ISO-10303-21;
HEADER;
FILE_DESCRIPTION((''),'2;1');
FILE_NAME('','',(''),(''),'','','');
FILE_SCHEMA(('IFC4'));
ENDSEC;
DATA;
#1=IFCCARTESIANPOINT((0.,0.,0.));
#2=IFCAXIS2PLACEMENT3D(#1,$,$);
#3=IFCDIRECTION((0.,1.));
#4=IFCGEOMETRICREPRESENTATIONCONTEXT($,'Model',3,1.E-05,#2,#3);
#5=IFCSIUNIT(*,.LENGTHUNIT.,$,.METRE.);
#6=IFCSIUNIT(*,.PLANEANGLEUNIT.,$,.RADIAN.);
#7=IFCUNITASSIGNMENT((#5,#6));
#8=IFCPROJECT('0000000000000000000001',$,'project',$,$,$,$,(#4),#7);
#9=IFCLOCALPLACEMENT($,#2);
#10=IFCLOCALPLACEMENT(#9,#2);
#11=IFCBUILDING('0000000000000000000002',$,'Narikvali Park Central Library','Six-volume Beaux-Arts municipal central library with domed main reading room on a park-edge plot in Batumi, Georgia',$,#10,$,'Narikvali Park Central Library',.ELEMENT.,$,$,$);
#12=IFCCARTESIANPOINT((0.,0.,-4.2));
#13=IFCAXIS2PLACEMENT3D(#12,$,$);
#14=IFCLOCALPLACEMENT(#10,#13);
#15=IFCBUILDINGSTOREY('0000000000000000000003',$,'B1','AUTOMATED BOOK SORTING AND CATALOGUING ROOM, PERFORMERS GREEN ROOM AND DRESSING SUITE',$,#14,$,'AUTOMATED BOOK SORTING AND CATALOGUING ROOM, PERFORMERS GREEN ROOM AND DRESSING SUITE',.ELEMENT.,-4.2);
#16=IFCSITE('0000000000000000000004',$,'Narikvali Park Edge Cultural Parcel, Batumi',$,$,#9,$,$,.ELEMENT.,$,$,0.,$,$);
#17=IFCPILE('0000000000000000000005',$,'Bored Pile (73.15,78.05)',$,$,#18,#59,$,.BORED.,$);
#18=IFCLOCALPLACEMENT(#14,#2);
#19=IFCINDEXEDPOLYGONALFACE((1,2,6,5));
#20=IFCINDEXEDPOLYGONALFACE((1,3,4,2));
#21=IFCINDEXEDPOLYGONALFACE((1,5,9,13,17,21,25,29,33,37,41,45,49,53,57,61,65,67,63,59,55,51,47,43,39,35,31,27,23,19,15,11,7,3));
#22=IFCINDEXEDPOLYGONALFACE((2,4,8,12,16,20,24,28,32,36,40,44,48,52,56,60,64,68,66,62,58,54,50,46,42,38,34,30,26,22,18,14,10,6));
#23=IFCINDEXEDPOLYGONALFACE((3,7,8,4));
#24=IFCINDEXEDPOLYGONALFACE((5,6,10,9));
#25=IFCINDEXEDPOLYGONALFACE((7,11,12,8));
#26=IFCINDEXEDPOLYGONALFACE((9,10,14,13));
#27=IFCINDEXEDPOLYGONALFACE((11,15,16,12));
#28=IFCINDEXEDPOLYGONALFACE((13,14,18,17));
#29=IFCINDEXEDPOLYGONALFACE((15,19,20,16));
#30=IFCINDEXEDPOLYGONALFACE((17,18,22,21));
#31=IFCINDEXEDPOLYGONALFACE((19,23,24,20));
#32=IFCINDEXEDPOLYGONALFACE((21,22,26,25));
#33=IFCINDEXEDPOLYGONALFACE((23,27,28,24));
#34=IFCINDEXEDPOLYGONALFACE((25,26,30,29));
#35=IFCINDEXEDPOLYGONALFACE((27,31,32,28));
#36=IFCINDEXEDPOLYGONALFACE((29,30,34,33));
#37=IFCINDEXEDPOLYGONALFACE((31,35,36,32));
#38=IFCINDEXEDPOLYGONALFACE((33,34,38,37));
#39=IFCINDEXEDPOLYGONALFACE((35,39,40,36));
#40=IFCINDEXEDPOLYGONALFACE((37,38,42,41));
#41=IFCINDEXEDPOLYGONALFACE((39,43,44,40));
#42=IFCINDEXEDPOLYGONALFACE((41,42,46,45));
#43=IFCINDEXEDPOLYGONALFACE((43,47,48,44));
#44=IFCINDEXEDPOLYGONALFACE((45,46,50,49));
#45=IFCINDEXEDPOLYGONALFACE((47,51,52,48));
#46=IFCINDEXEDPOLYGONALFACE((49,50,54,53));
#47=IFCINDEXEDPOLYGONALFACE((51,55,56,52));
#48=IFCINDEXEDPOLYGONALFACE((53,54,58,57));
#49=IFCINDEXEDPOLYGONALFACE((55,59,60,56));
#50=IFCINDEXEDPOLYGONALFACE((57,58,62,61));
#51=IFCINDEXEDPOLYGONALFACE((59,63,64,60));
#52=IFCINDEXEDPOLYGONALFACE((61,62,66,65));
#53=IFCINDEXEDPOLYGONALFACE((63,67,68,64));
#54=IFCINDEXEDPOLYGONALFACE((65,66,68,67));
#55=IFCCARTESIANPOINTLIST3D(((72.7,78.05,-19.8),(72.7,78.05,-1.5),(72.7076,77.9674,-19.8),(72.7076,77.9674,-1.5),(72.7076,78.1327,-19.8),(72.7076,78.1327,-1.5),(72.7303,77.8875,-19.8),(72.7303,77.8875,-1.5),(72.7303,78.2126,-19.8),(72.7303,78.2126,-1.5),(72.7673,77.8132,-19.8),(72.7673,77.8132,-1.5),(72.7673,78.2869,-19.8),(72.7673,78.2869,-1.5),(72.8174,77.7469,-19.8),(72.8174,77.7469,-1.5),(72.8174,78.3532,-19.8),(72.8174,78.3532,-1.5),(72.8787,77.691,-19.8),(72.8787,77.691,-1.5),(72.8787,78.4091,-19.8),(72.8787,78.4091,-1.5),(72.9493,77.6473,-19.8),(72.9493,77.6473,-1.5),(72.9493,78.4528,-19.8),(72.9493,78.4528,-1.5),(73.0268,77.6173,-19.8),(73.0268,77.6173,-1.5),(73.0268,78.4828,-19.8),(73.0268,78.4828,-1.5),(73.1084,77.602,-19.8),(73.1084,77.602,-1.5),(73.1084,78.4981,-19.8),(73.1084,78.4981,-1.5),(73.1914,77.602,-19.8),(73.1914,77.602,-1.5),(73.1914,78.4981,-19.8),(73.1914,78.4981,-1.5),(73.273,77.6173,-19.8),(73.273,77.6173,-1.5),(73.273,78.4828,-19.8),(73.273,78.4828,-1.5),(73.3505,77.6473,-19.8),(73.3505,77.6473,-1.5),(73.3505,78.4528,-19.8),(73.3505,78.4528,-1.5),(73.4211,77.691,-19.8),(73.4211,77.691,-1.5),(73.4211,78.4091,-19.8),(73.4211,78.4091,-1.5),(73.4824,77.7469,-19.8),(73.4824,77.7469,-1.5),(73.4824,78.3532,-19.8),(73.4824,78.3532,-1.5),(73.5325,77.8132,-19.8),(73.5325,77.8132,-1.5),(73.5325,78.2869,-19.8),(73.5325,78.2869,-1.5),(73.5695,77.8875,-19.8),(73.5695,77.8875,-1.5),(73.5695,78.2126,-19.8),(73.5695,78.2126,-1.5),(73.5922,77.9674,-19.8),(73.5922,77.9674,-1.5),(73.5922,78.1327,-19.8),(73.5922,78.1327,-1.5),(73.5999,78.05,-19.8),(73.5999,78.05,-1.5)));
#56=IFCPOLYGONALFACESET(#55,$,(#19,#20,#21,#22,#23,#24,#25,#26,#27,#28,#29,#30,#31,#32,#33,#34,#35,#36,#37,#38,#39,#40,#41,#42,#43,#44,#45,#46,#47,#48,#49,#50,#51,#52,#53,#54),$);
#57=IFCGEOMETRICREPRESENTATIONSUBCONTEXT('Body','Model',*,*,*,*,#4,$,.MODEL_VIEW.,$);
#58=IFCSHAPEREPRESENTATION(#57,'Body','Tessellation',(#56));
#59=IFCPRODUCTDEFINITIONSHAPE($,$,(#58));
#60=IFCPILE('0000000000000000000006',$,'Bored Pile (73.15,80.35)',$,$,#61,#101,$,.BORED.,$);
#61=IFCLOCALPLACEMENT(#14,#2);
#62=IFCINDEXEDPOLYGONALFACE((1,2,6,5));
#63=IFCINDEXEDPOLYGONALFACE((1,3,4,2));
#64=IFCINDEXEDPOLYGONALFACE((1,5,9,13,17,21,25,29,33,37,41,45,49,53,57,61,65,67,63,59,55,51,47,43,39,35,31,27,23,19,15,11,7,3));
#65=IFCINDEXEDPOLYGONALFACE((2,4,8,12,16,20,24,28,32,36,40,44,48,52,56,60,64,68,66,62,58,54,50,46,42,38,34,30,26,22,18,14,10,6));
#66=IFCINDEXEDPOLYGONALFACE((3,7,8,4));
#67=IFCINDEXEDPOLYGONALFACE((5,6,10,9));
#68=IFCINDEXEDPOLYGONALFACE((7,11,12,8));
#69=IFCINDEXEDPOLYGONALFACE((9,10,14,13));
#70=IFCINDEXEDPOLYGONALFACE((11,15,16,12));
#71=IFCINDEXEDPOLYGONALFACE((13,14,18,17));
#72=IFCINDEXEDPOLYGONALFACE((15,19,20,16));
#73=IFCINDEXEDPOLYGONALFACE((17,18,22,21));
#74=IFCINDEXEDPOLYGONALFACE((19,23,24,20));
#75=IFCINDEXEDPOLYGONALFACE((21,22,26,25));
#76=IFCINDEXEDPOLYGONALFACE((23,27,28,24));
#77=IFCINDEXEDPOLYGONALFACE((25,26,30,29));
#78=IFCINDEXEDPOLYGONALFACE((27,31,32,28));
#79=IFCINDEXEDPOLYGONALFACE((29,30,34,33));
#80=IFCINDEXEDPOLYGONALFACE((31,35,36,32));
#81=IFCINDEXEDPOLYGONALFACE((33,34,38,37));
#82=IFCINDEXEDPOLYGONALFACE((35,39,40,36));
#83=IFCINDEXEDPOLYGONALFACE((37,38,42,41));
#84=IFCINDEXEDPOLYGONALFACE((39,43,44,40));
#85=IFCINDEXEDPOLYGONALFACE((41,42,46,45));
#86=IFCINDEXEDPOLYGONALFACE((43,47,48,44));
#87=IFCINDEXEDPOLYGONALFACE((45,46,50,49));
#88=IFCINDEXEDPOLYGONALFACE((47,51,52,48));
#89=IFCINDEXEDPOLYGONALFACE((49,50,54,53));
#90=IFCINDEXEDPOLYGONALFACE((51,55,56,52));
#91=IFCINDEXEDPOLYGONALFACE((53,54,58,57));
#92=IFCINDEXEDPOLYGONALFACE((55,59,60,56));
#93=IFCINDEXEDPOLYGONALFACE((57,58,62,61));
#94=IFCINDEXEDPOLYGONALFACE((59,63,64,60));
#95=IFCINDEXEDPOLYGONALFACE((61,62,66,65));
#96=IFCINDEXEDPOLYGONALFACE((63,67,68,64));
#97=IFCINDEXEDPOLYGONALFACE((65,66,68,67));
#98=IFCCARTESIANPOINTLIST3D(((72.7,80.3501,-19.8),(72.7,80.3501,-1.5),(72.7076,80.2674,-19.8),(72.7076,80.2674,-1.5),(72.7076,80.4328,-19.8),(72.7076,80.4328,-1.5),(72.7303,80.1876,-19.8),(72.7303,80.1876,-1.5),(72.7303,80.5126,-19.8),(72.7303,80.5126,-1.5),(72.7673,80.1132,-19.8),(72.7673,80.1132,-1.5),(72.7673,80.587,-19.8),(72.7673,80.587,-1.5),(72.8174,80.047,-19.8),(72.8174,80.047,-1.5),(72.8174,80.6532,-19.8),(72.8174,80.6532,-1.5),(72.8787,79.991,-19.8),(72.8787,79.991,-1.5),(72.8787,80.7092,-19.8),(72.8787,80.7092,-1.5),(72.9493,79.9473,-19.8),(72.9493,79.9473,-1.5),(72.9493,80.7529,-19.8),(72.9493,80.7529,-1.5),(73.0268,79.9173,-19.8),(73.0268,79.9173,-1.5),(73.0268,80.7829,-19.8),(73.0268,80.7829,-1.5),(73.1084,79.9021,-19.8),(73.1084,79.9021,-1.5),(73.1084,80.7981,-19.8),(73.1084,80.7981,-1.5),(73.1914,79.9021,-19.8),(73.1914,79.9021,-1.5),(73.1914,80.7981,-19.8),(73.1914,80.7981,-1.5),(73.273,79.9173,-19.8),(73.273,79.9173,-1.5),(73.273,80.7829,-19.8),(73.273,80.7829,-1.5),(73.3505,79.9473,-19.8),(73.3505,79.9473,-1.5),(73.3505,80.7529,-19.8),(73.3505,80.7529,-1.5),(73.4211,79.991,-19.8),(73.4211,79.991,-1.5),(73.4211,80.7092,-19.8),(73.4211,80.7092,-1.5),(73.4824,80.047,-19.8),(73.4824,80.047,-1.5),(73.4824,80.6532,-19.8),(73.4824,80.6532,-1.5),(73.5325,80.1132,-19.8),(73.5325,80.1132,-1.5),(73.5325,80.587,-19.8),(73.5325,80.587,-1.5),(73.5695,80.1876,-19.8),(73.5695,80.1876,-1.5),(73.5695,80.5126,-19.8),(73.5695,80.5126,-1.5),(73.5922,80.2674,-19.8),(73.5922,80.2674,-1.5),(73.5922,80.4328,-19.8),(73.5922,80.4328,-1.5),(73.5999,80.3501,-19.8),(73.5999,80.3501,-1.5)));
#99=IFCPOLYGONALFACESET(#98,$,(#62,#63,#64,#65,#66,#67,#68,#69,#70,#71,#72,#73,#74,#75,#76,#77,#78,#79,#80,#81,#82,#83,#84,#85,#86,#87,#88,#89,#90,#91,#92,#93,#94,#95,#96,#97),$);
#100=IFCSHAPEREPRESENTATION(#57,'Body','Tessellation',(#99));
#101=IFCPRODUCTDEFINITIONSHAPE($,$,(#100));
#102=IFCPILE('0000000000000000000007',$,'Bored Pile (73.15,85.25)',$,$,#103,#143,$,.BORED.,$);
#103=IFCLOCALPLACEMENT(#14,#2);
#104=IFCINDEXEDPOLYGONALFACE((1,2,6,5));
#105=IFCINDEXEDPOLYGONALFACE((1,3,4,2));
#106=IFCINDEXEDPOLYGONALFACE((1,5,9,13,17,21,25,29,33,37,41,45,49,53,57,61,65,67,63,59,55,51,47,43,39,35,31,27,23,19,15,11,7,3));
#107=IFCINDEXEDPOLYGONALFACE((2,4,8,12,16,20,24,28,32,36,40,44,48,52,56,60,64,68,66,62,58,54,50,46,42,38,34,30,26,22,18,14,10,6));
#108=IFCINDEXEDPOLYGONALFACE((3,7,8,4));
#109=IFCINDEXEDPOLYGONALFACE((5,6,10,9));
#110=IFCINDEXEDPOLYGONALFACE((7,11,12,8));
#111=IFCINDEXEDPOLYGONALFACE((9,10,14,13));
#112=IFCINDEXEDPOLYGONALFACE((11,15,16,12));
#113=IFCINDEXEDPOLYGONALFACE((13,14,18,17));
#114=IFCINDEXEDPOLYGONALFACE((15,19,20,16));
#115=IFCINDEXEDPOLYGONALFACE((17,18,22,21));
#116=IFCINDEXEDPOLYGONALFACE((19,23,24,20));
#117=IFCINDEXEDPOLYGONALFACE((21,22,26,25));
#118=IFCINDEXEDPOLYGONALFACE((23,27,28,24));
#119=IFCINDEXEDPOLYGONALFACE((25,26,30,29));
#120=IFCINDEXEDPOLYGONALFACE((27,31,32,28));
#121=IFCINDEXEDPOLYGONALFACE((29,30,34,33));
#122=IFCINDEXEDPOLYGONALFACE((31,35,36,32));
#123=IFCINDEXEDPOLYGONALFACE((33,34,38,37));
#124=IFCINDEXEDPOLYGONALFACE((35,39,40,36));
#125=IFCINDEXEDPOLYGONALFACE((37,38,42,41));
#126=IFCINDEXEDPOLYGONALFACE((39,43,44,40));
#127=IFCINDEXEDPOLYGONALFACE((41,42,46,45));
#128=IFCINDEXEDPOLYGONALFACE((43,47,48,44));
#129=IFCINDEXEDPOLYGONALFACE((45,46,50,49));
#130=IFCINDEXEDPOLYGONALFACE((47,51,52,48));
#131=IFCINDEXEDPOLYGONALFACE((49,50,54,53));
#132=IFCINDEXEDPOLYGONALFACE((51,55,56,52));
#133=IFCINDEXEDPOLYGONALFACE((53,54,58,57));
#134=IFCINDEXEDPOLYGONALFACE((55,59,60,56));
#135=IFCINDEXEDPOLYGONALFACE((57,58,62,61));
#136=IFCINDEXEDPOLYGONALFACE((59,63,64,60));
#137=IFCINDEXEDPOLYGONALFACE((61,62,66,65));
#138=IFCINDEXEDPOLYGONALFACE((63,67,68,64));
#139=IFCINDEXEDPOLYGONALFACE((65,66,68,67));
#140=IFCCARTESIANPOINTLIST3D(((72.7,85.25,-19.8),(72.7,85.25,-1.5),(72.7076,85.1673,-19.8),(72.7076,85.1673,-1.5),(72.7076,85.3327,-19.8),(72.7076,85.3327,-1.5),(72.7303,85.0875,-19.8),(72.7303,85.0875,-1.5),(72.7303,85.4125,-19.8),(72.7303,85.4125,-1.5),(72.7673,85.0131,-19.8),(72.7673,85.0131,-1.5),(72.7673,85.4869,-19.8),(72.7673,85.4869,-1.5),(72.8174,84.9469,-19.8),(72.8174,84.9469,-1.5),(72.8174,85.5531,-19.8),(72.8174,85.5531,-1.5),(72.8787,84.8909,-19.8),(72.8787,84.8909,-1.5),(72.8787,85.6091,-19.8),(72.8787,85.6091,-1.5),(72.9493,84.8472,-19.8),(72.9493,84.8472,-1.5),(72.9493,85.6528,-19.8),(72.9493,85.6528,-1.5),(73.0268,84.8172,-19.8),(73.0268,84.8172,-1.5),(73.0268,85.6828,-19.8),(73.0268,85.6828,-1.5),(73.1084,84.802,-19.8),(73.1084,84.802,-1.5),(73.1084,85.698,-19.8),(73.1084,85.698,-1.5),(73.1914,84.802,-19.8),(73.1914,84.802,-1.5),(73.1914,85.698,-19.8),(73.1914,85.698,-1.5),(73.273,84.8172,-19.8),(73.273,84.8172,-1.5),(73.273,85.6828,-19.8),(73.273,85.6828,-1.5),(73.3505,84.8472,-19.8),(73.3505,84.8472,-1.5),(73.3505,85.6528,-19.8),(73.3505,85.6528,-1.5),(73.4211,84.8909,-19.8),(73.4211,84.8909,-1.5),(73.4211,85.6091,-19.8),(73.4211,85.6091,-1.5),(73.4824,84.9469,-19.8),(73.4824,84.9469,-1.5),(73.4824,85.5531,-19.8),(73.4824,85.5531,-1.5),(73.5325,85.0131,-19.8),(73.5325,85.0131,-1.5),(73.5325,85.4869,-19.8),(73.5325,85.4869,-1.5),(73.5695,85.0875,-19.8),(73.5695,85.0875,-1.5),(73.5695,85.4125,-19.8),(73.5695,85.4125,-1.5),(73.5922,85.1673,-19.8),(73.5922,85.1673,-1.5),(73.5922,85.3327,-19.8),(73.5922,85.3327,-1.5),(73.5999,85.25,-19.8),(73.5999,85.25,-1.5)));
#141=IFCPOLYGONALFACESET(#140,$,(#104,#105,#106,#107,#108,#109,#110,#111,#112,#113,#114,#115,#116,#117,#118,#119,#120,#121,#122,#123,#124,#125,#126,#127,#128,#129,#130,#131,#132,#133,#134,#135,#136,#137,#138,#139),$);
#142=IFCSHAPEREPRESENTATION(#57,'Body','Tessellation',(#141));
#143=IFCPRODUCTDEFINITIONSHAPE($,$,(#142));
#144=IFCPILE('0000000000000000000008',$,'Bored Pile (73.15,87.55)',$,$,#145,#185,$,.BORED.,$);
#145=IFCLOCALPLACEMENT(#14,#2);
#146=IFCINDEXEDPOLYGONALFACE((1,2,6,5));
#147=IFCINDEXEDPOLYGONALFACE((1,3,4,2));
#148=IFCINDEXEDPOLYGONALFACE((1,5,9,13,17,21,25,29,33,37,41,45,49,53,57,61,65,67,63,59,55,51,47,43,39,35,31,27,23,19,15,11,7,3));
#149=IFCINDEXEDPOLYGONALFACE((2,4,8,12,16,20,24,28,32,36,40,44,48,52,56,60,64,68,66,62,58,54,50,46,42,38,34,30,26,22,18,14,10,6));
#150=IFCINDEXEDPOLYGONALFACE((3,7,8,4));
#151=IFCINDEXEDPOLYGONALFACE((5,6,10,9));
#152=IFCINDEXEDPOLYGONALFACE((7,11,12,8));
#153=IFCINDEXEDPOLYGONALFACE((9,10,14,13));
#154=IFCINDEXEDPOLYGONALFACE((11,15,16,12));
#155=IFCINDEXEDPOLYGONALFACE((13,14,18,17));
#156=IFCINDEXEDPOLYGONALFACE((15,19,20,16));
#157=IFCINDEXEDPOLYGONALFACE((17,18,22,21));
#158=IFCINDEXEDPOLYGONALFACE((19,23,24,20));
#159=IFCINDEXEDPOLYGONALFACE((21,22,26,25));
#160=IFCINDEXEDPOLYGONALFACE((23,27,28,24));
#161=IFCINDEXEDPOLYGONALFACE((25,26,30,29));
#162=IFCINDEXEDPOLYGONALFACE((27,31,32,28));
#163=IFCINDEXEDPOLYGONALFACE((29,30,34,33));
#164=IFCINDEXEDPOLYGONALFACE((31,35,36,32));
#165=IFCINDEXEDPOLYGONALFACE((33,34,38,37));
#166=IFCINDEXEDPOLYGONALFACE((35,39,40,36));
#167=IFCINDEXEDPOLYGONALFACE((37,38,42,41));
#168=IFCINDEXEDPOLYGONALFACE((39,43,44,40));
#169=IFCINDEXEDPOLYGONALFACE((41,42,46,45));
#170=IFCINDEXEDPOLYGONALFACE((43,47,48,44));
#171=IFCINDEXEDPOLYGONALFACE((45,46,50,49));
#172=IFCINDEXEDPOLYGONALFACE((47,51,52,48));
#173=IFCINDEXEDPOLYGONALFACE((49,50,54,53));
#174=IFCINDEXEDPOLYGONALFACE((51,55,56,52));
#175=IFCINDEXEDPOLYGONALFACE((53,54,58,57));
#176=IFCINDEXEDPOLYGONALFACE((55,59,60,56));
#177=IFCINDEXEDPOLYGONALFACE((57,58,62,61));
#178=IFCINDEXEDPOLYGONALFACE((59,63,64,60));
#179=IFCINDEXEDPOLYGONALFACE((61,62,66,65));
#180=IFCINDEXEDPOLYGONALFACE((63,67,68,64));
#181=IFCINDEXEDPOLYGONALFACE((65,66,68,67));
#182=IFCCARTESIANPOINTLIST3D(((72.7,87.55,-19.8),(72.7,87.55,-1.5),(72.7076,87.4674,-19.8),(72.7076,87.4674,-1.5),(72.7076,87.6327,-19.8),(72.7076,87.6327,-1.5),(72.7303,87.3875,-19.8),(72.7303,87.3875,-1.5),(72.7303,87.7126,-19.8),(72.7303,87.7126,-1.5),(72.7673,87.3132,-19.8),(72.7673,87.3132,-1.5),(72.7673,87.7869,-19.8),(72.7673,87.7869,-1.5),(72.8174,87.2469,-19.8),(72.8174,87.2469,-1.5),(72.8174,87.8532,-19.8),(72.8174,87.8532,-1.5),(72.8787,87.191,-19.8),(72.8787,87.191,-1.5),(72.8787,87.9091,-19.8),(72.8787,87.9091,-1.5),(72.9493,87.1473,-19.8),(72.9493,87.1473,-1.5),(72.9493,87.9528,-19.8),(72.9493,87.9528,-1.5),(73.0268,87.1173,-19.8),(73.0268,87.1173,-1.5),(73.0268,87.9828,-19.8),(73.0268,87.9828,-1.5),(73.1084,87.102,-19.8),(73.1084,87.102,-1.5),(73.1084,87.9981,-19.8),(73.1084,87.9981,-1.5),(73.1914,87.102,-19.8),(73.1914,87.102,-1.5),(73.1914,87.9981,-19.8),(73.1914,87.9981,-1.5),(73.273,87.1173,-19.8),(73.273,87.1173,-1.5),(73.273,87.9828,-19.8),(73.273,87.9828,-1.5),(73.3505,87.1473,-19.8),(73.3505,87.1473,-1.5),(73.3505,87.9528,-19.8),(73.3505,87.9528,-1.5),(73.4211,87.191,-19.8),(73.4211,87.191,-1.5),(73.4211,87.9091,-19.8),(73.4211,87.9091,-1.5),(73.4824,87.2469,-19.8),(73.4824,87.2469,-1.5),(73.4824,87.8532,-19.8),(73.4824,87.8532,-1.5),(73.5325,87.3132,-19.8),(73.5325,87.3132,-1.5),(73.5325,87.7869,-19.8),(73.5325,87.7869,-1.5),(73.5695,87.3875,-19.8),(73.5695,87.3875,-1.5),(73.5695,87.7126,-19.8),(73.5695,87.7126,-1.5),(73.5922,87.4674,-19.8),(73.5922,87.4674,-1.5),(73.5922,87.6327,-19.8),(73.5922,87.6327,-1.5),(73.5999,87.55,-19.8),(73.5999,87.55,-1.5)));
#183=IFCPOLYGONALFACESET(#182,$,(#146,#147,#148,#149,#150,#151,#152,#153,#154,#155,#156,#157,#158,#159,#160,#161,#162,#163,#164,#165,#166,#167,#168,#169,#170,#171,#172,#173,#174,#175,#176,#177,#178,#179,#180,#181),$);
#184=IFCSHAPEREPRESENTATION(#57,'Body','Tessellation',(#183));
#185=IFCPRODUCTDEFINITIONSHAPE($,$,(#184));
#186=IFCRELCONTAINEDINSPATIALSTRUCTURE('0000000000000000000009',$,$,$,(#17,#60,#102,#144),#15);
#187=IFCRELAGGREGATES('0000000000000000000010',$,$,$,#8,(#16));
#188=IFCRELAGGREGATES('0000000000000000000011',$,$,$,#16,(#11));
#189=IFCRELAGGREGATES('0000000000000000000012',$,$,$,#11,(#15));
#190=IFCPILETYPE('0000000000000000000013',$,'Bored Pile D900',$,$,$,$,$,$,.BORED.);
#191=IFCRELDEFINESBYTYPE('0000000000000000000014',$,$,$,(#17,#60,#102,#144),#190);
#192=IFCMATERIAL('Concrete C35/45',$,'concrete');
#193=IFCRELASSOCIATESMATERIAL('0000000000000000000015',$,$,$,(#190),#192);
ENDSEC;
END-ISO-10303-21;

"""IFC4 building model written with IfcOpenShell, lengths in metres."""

from ifc_helpers import new_model, si_unit, direction, frame, origin, origin_2d, place, context, subcontext, project, spatial, circle, extrude, material, material_profile, profile_set, type_object, element, save


model = new_model("IFC4")

# Units and contexts
model_context = context("Model", 3, precision=1e-05, world=origin(), true_north=direction((0.0, 1.0)))
body_context = subcontext(model_context, "Body", "Model", "MODEL_VIEW")
ifc_project = project(units=[si_unit("LENGTHUNIT", "METRE"), si_unit("PLANEANGLEUNIT", "RADIAN")], contexts=[model_context])

# Site, building, storey
site_placement = place(None, origin())
site = spatial("IfcSite", under=ifc_project, at=site_placement, Name="Narikvali Park Edge Cultural Parcel, Batumi", CompositionType="ELEMENT", RefElevation=0.0)
building_placement = place(site_placement, origin())
building = spatial("IfcBuilding", under=site, at=building_placement, Name="Narikvali Park Central Library", Description="Six-volume Beaux-Arts municipal central library with domed main reading room on a park-edge plot in Batumi, Georgia", LongName="Narikvali Park Central Library", CompositionType="ELEMENT")
storey_placement = place(building_placement, frame((0.0, 0.0, -4.2)))
storey = spatial("IfcBuildingStorey", under=building, at=storey_placement, Name="B1", Description="AUTOMATED BOOK SORTING AND CATALOGUING ROOM, PERFORMERS GREEN ROOM AND DRESSING SUITE", LongName="AUTOMATED BOOK SORTING AND CATALOGUING ROOM, PERFORMERS GREEN ROOM AND DRESSING SUITE", CompositionType="ELEMENT", Elevation=-4.2)

# Piles
ifc_material_1 = material(Name="Concrete C35/45", Category="concrete")
ifc_material_profile_1 = material_profile(ifc_material_1, circle(Radius=0.45, at=origin_2d()), Name="PILE D900")
ifc_profile_set_1 = profile_set([ifc_material_profile_1], Name="Concrete C35/45")
pile_type = type_object("IfcPileType", Name="Bored Pile D900", PredefinedType="BORED", material=ifc_profile_set_1)
for number, where, z_axis, x_axis, name in (
    (1, (73.1499, 78.05, -1.5), (0.0, 0.0, -1.0), (1.0, 0.0, 0.0), "Bored Pile (73.15,78.05)"),
    (2, (73.1499, 80.3501, -1.5), (0.0, 0.0, -1.0), (1.0, 0.0, 0.0), "Bored Pile (73.15,80.35)"),
    (3, (73.1499, 85.25, -1.5), (0.0, 0.0, -1.0), (1.0, 0.0, 0.0), "Bored Pile (73.15,85.25)"),
    (4, (73.1499, 87.55, -1.5), (0.0, 0.0, -1.0), (1.0, 0.0, 0.0), "Bored Pile (73.15,87.55)"),
):
    element("IfcPile", number, at=place(storey_placement, frame(where, z_axis=z_axis, x_axis=x_axis)), inside=storey, type_object=pile_type, Name=name, PredefinedType="BORED", context=body_context, shape_type="SweptSolid", body=[
        extrude(circle(Radius=0.45, at=origin_2d()), origin(), (0.0, 0.0, 1.0), 18.3),
    ])

save(model, "model.ifc")
